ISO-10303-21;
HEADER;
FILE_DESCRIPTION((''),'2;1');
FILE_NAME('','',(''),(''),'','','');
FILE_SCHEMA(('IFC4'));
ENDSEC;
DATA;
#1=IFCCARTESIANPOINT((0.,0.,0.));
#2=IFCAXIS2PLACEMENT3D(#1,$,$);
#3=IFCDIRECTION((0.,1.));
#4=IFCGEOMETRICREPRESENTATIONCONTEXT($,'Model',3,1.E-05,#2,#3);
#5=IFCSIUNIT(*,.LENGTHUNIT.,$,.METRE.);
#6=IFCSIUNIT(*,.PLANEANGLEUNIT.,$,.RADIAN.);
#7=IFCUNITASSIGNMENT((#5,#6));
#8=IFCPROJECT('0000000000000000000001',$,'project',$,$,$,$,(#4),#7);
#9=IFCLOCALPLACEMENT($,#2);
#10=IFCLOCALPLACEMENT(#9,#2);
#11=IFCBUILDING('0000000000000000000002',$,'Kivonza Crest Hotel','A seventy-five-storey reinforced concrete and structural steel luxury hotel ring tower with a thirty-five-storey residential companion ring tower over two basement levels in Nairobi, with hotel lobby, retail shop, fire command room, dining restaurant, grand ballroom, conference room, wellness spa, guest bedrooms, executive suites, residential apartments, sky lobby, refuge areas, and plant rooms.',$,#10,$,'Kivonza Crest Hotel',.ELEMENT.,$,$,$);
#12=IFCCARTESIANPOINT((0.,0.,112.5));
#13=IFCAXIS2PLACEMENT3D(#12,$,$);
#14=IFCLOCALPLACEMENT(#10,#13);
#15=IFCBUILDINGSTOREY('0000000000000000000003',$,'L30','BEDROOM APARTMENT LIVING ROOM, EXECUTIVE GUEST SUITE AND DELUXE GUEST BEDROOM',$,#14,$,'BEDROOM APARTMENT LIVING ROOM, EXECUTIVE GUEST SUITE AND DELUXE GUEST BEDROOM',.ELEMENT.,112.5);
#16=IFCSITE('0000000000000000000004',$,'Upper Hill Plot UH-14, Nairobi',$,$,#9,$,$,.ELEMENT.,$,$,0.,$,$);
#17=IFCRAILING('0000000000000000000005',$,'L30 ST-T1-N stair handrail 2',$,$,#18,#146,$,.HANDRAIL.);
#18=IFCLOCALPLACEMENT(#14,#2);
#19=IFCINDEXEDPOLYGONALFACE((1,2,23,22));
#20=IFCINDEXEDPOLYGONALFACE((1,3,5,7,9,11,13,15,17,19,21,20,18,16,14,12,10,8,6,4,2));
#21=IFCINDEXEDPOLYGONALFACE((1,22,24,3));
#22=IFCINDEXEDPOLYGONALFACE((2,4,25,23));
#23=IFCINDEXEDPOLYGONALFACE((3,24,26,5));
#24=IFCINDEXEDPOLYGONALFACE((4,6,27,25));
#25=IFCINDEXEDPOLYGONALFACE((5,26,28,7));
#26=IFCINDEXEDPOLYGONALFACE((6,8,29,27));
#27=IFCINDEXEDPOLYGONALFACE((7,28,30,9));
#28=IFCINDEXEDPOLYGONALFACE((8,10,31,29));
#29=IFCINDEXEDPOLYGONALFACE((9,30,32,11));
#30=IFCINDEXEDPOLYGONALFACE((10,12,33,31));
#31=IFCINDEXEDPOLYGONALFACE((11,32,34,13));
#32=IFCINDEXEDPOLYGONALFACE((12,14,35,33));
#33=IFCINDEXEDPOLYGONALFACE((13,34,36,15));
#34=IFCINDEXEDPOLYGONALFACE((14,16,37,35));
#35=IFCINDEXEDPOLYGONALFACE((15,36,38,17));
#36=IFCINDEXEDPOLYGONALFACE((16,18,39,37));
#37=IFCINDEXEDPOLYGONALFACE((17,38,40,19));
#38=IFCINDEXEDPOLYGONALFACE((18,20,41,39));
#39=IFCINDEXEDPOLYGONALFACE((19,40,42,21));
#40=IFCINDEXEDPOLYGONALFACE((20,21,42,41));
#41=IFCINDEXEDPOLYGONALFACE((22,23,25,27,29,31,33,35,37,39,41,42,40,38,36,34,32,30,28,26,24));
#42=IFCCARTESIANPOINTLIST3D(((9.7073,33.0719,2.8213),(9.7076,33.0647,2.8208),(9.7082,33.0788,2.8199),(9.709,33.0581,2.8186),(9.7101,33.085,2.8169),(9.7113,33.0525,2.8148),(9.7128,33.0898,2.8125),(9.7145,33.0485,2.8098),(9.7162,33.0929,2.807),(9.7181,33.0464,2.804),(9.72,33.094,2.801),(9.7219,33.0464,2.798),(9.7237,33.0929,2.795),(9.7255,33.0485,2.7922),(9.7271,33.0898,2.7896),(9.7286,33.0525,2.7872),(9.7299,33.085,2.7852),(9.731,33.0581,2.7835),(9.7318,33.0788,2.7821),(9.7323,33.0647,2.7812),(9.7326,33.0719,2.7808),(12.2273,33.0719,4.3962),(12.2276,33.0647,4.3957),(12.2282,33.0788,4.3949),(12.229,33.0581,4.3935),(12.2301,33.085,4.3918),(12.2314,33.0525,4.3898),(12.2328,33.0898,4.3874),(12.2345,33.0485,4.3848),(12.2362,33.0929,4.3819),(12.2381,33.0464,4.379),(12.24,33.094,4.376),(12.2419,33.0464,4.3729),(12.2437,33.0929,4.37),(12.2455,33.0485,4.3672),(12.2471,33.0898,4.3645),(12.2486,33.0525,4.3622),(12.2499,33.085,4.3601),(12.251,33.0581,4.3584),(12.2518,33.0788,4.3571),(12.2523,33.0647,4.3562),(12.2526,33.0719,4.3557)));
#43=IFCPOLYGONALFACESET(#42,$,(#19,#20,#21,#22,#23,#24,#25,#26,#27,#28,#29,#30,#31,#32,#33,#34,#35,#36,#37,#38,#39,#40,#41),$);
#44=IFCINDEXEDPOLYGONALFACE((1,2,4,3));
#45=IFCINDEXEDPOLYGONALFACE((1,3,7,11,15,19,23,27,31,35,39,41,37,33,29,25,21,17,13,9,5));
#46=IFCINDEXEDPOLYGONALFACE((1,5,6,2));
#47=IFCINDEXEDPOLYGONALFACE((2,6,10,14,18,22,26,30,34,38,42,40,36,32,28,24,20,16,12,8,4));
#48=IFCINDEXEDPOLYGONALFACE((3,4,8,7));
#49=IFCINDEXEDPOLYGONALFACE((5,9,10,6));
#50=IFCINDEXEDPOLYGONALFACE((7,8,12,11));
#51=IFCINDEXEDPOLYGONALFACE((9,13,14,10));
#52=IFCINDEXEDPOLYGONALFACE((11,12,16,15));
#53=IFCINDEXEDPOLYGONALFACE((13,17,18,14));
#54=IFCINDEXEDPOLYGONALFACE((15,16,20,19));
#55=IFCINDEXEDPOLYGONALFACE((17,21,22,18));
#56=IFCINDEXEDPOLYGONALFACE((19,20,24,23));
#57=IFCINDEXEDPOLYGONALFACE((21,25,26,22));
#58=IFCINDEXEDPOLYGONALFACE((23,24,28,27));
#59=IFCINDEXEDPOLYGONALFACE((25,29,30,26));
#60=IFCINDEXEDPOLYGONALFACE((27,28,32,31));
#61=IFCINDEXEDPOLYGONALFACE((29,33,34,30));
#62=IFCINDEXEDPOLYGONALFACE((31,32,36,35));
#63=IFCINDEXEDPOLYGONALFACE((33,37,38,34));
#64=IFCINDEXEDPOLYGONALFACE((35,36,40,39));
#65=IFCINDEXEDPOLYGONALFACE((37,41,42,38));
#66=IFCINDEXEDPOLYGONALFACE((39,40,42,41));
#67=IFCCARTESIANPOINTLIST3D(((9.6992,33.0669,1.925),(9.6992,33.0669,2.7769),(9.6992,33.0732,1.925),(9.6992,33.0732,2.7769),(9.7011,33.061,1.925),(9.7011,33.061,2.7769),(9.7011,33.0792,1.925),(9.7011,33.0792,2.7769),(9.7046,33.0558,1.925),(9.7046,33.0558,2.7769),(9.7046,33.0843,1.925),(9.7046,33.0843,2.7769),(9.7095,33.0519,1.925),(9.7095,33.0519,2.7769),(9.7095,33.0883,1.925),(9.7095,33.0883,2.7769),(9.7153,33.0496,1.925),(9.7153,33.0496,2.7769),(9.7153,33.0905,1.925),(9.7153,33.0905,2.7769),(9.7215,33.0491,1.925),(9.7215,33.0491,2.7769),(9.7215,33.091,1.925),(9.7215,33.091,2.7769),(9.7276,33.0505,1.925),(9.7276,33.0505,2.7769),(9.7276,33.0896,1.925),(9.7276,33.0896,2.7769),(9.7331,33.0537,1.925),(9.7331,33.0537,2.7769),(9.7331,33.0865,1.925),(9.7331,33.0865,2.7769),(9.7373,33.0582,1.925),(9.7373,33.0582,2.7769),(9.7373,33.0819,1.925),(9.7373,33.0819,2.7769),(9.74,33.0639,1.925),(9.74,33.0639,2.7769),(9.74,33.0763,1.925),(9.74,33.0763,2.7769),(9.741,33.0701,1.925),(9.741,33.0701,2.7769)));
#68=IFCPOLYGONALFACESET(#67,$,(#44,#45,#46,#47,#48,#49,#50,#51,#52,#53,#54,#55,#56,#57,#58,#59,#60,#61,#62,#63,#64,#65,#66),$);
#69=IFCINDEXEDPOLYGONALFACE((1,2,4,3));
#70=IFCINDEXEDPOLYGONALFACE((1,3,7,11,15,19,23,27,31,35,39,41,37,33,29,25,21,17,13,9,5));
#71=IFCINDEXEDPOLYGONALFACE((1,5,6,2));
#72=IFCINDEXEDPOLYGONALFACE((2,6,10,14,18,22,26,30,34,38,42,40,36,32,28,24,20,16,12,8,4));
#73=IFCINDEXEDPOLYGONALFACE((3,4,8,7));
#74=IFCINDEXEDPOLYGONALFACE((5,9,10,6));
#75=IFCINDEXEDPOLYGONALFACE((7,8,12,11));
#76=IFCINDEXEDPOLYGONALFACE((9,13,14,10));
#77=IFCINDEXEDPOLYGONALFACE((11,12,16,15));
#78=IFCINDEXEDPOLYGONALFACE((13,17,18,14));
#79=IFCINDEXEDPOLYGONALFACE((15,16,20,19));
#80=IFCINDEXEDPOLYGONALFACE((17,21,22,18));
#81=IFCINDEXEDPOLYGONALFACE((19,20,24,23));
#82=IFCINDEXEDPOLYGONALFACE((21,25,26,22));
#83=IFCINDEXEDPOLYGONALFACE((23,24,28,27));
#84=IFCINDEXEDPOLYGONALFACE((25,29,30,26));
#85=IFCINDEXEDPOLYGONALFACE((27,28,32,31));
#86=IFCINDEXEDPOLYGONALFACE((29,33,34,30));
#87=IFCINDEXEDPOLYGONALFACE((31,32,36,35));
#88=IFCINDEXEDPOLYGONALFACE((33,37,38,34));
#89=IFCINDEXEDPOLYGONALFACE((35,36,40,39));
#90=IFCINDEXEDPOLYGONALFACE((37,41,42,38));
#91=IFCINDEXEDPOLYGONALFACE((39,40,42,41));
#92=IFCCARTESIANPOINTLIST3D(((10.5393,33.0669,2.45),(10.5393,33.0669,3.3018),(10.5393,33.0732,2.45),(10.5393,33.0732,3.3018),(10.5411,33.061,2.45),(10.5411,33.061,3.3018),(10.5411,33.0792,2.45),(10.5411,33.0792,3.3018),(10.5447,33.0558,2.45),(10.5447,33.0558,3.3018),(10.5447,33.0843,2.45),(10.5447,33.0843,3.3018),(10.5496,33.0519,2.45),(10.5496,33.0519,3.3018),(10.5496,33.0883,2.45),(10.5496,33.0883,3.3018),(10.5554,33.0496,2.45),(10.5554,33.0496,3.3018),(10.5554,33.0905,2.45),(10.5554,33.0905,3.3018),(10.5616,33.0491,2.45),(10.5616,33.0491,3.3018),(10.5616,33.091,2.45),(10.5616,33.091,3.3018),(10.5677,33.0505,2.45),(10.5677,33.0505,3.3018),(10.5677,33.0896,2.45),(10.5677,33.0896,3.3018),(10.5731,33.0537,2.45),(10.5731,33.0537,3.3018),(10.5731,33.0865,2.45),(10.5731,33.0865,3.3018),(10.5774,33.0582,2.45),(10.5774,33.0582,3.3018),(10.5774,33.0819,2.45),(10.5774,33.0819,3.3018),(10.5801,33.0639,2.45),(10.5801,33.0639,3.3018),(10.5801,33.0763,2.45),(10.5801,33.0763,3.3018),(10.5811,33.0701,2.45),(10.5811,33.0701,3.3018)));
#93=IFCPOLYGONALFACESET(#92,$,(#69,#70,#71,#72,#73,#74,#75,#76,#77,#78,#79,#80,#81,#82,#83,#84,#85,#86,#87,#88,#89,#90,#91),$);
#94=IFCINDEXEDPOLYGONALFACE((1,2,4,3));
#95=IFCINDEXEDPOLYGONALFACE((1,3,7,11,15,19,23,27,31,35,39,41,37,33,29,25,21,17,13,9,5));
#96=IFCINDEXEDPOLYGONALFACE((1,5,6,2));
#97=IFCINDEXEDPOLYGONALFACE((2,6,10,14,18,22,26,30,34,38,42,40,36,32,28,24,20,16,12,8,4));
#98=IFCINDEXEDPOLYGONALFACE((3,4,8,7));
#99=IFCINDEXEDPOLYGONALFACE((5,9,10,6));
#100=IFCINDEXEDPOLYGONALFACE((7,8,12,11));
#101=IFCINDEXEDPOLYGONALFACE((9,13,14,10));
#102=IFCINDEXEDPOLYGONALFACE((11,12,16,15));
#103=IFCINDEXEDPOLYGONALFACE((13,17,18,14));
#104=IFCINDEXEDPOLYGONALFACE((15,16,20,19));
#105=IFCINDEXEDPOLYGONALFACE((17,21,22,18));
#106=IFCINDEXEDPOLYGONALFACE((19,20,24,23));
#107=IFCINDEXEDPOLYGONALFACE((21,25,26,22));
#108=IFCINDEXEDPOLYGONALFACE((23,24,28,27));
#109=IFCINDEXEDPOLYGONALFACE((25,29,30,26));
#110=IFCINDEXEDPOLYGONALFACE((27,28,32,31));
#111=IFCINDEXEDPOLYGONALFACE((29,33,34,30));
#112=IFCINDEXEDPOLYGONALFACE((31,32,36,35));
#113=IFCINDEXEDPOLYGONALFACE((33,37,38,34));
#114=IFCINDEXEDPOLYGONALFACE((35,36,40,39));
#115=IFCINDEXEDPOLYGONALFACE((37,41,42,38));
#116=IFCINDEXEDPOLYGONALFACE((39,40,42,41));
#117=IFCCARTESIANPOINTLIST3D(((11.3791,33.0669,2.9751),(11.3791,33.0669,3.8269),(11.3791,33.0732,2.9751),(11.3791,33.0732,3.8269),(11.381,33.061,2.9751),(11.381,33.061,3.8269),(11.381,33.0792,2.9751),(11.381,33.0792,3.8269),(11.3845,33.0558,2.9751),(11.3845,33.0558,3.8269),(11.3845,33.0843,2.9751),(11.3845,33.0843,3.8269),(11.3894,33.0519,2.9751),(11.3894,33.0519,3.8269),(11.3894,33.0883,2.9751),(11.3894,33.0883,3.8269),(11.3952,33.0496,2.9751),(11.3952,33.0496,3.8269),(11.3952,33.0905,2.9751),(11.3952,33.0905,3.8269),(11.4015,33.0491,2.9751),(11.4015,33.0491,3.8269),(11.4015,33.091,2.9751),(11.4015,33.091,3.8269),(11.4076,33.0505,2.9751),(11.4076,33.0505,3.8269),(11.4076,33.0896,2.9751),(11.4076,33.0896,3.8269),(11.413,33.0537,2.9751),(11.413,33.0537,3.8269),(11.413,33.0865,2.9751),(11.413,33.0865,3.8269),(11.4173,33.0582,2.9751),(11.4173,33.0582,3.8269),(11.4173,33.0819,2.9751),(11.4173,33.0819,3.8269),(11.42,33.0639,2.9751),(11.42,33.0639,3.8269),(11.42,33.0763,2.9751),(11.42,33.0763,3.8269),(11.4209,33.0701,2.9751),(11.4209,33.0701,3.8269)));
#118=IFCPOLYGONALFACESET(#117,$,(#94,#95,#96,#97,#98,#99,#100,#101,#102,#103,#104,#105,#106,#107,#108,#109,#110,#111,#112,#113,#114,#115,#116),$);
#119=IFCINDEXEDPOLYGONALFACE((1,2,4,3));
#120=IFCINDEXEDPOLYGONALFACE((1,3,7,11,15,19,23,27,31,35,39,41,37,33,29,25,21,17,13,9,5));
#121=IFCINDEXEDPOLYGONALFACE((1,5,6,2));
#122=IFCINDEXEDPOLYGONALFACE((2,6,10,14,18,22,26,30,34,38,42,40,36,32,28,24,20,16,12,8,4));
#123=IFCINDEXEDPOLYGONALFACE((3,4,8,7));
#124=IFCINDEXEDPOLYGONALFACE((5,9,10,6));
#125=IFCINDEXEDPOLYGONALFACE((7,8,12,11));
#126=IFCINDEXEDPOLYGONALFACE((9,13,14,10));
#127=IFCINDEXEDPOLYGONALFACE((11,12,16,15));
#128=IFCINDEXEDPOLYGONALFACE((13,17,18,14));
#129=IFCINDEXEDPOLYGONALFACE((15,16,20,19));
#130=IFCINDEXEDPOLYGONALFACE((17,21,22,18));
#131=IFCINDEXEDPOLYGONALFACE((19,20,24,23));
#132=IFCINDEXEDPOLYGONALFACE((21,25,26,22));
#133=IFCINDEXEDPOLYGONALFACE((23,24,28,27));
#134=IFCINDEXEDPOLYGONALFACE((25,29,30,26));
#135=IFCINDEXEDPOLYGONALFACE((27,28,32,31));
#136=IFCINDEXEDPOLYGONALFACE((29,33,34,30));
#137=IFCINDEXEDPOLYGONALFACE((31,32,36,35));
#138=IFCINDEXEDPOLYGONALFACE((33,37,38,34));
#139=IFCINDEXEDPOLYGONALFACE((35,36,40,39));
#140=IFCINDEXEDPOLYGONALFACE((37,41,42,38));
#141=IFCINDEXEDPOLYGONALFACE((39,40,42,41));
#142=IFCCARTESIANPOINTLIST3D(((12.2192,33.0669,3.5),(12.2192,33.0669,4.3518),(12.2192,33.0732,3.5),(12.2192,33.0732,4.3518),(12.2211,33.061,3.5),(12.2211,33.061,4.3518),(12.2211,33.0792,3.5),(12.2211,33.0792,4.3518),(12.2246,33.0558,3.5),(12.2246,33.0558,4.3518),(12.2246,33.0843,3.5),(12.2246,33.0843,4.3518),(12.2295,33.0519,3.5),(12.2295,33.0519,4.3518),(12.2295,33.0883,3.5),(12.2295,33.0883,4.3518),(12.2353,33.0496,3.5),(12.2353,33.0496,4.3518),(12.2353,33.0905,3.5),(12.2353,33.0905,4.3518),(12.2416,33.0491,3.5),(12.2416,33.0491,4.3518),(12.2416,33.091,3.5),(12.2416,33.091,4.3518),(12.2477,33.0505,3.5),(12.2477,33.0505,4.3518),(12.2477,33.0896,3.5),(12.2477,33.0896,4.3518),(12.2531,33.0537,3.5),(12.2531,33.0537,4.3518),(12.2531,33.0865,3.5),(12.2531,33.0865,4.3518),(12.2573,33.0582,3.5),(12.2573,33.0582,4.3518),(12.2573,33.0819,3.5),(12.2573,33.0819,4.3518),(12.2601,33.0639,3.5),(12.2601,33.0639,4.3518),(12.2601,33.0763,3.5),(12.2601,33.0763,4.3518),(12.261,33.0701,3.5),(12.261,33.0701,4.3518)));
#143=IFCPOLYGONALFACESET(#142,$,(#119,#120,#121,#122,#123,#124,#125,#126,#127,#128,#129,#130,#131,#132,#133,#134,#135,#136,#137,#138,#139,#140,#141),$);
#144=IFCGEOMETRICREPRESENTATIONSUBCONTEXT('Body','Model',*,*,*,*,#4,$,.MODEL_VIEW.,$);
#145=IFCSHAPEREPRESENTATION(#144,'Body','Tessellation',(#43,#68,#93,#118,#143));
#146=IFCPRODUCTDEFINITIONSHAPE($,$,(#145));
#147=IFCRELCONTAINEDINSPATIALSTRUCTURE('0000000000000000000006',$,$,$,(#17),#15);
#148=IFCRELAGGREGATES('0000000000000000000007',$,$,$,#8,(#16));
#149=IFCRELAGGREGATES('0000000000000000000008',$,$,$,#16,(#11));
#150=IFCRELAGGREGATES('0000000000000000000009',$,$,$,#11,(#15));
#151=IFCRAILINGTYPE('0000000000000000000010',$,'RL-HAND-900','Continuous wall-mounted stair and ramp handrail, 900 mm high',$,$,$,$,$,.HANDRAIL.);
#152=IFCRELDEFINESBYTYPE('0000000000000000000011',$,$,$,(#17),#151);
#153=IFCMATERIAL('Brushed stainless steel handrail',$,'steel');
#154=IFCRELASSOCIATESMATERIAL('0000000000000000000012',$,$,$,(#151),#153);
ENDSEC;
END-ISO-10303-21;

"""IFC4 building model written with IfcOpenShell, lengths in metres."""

from ifc_helpers import new_model, si_unit, direction, frame, origin, origin_2d, place, context, subcontext, project, spatial, circle, extrude, material, type_object, element, save


model = new_model("IFC4")

# Units and contexts
model_context = context("Model", 3, precision=1e-05, world=origin(), true_north=direction((0.0, 1.0)))
body_context = subcontext(model_context, "Body", "Model", "MODEL_VIEW")
ifc_project = project(units=[si_unit("LENGTHUNIT", "METRE"), si_unit("PLANEANGLEUNIT", "RADIAN")], contexts=[model_context])

# Site, building, storey
site_placement = place(None, origin())
site = spatial("IfcSite", under=ifc_project, at=site_placement, Name="Upper Hill Plot UH-14, Nairobi", CompositionType="ELEMENT", RefElevation=0.0)
building_placement = place(site_placement, origin())
building = spatial("IfcBuilding", under=site, at=building_placement, Name="Kivonza Crest Hotel", Description="A seventy-five-storey reinforced concrete and structural steel luxury hotel ring tower with a thirty-five-storey residential companion ring tower over two basement levels in Nairobi, with hotel lobby, retail shop, fire command room, dining restaurant, grand ballroom, conference room, wellness spa, guest bedrooms, executive suites, residential apartments, sky lobby, refuge areas, and plant rooms.", LongName="Kivonza Crest Hotel", CompositionType="ELEMENT")
storey_placement = place(building_placement, frame((0.0, 0.0, 112.5)))
storey = spatial("IfcBuildingStorey", under=building, at=storey_placement, Name="L30", Description="BEDROOM APARTMENT LIVING ROOM, EXECUTIVE GUEST SUITE AND DELUXE GUEST BEDROOM", LongName="BEDROOM APARTMENT LIVING ROOM, EXECUTIVE GUEST SUITE AND DELUXE GUEST BEDROOM", CompositionType="ELEMENT", Elevation=112.5)

# Railing
ifc_material_1 = material(Name="Brushed stainless steel handrail", Category="steel")
railing_type_1 = type_object("IfcRailingType", Name="RL-HAND-900", Description="Continuous wall-mounted stair and ramp handrail, 900 mm high", PredefinedType="HANDRAIL", material=ifc_material_1)
railing_1_placement = place(storey_placement, frame((9.72, 33.0701, 1.925)))
element("IfcRailing", 1, at=railing_1_placement, inside=storey, type_object=railing_type_1, Name="L30 ST-T1-N stair handrail 2", PredefinedType="HANDRAIL", context=body_context, shape_type="SweptSolid", body=[
    extrude(circle(Radius=0.0239, at=origin_2d()), frame((0.0, 0.0, 0.876), z_axis=(0.848008, 0.0, 0.529984), x_axis=(0.0, 1.0, 0.0)), (0.0, 0.0, 1.0), 2.9717),
    extrude(circle(Radius=0.021, at=origin_2d()), origin(), (0.0, 0.0, 1.0), 0.8518),
    extrude(circle(Radius=0.021, at=origin_2d()), frame((0.8401, 0.0, 0.5249)), (0.0, 0.0, 1.0), 0.8518),
    extrude(circle(Radius=0.021, at=origin_2d()), frame((1.6799, 0.0, 1.05)), (0.0, 0.0, 1.0), 0.8518),
    extrude(circle(Radius=0.021, at=origin_2d()), frame((2.52, 0.0, 1.575)), (0.0, 0.0, 1.0), 0.8518),
])

save(model, "model.ifc")
